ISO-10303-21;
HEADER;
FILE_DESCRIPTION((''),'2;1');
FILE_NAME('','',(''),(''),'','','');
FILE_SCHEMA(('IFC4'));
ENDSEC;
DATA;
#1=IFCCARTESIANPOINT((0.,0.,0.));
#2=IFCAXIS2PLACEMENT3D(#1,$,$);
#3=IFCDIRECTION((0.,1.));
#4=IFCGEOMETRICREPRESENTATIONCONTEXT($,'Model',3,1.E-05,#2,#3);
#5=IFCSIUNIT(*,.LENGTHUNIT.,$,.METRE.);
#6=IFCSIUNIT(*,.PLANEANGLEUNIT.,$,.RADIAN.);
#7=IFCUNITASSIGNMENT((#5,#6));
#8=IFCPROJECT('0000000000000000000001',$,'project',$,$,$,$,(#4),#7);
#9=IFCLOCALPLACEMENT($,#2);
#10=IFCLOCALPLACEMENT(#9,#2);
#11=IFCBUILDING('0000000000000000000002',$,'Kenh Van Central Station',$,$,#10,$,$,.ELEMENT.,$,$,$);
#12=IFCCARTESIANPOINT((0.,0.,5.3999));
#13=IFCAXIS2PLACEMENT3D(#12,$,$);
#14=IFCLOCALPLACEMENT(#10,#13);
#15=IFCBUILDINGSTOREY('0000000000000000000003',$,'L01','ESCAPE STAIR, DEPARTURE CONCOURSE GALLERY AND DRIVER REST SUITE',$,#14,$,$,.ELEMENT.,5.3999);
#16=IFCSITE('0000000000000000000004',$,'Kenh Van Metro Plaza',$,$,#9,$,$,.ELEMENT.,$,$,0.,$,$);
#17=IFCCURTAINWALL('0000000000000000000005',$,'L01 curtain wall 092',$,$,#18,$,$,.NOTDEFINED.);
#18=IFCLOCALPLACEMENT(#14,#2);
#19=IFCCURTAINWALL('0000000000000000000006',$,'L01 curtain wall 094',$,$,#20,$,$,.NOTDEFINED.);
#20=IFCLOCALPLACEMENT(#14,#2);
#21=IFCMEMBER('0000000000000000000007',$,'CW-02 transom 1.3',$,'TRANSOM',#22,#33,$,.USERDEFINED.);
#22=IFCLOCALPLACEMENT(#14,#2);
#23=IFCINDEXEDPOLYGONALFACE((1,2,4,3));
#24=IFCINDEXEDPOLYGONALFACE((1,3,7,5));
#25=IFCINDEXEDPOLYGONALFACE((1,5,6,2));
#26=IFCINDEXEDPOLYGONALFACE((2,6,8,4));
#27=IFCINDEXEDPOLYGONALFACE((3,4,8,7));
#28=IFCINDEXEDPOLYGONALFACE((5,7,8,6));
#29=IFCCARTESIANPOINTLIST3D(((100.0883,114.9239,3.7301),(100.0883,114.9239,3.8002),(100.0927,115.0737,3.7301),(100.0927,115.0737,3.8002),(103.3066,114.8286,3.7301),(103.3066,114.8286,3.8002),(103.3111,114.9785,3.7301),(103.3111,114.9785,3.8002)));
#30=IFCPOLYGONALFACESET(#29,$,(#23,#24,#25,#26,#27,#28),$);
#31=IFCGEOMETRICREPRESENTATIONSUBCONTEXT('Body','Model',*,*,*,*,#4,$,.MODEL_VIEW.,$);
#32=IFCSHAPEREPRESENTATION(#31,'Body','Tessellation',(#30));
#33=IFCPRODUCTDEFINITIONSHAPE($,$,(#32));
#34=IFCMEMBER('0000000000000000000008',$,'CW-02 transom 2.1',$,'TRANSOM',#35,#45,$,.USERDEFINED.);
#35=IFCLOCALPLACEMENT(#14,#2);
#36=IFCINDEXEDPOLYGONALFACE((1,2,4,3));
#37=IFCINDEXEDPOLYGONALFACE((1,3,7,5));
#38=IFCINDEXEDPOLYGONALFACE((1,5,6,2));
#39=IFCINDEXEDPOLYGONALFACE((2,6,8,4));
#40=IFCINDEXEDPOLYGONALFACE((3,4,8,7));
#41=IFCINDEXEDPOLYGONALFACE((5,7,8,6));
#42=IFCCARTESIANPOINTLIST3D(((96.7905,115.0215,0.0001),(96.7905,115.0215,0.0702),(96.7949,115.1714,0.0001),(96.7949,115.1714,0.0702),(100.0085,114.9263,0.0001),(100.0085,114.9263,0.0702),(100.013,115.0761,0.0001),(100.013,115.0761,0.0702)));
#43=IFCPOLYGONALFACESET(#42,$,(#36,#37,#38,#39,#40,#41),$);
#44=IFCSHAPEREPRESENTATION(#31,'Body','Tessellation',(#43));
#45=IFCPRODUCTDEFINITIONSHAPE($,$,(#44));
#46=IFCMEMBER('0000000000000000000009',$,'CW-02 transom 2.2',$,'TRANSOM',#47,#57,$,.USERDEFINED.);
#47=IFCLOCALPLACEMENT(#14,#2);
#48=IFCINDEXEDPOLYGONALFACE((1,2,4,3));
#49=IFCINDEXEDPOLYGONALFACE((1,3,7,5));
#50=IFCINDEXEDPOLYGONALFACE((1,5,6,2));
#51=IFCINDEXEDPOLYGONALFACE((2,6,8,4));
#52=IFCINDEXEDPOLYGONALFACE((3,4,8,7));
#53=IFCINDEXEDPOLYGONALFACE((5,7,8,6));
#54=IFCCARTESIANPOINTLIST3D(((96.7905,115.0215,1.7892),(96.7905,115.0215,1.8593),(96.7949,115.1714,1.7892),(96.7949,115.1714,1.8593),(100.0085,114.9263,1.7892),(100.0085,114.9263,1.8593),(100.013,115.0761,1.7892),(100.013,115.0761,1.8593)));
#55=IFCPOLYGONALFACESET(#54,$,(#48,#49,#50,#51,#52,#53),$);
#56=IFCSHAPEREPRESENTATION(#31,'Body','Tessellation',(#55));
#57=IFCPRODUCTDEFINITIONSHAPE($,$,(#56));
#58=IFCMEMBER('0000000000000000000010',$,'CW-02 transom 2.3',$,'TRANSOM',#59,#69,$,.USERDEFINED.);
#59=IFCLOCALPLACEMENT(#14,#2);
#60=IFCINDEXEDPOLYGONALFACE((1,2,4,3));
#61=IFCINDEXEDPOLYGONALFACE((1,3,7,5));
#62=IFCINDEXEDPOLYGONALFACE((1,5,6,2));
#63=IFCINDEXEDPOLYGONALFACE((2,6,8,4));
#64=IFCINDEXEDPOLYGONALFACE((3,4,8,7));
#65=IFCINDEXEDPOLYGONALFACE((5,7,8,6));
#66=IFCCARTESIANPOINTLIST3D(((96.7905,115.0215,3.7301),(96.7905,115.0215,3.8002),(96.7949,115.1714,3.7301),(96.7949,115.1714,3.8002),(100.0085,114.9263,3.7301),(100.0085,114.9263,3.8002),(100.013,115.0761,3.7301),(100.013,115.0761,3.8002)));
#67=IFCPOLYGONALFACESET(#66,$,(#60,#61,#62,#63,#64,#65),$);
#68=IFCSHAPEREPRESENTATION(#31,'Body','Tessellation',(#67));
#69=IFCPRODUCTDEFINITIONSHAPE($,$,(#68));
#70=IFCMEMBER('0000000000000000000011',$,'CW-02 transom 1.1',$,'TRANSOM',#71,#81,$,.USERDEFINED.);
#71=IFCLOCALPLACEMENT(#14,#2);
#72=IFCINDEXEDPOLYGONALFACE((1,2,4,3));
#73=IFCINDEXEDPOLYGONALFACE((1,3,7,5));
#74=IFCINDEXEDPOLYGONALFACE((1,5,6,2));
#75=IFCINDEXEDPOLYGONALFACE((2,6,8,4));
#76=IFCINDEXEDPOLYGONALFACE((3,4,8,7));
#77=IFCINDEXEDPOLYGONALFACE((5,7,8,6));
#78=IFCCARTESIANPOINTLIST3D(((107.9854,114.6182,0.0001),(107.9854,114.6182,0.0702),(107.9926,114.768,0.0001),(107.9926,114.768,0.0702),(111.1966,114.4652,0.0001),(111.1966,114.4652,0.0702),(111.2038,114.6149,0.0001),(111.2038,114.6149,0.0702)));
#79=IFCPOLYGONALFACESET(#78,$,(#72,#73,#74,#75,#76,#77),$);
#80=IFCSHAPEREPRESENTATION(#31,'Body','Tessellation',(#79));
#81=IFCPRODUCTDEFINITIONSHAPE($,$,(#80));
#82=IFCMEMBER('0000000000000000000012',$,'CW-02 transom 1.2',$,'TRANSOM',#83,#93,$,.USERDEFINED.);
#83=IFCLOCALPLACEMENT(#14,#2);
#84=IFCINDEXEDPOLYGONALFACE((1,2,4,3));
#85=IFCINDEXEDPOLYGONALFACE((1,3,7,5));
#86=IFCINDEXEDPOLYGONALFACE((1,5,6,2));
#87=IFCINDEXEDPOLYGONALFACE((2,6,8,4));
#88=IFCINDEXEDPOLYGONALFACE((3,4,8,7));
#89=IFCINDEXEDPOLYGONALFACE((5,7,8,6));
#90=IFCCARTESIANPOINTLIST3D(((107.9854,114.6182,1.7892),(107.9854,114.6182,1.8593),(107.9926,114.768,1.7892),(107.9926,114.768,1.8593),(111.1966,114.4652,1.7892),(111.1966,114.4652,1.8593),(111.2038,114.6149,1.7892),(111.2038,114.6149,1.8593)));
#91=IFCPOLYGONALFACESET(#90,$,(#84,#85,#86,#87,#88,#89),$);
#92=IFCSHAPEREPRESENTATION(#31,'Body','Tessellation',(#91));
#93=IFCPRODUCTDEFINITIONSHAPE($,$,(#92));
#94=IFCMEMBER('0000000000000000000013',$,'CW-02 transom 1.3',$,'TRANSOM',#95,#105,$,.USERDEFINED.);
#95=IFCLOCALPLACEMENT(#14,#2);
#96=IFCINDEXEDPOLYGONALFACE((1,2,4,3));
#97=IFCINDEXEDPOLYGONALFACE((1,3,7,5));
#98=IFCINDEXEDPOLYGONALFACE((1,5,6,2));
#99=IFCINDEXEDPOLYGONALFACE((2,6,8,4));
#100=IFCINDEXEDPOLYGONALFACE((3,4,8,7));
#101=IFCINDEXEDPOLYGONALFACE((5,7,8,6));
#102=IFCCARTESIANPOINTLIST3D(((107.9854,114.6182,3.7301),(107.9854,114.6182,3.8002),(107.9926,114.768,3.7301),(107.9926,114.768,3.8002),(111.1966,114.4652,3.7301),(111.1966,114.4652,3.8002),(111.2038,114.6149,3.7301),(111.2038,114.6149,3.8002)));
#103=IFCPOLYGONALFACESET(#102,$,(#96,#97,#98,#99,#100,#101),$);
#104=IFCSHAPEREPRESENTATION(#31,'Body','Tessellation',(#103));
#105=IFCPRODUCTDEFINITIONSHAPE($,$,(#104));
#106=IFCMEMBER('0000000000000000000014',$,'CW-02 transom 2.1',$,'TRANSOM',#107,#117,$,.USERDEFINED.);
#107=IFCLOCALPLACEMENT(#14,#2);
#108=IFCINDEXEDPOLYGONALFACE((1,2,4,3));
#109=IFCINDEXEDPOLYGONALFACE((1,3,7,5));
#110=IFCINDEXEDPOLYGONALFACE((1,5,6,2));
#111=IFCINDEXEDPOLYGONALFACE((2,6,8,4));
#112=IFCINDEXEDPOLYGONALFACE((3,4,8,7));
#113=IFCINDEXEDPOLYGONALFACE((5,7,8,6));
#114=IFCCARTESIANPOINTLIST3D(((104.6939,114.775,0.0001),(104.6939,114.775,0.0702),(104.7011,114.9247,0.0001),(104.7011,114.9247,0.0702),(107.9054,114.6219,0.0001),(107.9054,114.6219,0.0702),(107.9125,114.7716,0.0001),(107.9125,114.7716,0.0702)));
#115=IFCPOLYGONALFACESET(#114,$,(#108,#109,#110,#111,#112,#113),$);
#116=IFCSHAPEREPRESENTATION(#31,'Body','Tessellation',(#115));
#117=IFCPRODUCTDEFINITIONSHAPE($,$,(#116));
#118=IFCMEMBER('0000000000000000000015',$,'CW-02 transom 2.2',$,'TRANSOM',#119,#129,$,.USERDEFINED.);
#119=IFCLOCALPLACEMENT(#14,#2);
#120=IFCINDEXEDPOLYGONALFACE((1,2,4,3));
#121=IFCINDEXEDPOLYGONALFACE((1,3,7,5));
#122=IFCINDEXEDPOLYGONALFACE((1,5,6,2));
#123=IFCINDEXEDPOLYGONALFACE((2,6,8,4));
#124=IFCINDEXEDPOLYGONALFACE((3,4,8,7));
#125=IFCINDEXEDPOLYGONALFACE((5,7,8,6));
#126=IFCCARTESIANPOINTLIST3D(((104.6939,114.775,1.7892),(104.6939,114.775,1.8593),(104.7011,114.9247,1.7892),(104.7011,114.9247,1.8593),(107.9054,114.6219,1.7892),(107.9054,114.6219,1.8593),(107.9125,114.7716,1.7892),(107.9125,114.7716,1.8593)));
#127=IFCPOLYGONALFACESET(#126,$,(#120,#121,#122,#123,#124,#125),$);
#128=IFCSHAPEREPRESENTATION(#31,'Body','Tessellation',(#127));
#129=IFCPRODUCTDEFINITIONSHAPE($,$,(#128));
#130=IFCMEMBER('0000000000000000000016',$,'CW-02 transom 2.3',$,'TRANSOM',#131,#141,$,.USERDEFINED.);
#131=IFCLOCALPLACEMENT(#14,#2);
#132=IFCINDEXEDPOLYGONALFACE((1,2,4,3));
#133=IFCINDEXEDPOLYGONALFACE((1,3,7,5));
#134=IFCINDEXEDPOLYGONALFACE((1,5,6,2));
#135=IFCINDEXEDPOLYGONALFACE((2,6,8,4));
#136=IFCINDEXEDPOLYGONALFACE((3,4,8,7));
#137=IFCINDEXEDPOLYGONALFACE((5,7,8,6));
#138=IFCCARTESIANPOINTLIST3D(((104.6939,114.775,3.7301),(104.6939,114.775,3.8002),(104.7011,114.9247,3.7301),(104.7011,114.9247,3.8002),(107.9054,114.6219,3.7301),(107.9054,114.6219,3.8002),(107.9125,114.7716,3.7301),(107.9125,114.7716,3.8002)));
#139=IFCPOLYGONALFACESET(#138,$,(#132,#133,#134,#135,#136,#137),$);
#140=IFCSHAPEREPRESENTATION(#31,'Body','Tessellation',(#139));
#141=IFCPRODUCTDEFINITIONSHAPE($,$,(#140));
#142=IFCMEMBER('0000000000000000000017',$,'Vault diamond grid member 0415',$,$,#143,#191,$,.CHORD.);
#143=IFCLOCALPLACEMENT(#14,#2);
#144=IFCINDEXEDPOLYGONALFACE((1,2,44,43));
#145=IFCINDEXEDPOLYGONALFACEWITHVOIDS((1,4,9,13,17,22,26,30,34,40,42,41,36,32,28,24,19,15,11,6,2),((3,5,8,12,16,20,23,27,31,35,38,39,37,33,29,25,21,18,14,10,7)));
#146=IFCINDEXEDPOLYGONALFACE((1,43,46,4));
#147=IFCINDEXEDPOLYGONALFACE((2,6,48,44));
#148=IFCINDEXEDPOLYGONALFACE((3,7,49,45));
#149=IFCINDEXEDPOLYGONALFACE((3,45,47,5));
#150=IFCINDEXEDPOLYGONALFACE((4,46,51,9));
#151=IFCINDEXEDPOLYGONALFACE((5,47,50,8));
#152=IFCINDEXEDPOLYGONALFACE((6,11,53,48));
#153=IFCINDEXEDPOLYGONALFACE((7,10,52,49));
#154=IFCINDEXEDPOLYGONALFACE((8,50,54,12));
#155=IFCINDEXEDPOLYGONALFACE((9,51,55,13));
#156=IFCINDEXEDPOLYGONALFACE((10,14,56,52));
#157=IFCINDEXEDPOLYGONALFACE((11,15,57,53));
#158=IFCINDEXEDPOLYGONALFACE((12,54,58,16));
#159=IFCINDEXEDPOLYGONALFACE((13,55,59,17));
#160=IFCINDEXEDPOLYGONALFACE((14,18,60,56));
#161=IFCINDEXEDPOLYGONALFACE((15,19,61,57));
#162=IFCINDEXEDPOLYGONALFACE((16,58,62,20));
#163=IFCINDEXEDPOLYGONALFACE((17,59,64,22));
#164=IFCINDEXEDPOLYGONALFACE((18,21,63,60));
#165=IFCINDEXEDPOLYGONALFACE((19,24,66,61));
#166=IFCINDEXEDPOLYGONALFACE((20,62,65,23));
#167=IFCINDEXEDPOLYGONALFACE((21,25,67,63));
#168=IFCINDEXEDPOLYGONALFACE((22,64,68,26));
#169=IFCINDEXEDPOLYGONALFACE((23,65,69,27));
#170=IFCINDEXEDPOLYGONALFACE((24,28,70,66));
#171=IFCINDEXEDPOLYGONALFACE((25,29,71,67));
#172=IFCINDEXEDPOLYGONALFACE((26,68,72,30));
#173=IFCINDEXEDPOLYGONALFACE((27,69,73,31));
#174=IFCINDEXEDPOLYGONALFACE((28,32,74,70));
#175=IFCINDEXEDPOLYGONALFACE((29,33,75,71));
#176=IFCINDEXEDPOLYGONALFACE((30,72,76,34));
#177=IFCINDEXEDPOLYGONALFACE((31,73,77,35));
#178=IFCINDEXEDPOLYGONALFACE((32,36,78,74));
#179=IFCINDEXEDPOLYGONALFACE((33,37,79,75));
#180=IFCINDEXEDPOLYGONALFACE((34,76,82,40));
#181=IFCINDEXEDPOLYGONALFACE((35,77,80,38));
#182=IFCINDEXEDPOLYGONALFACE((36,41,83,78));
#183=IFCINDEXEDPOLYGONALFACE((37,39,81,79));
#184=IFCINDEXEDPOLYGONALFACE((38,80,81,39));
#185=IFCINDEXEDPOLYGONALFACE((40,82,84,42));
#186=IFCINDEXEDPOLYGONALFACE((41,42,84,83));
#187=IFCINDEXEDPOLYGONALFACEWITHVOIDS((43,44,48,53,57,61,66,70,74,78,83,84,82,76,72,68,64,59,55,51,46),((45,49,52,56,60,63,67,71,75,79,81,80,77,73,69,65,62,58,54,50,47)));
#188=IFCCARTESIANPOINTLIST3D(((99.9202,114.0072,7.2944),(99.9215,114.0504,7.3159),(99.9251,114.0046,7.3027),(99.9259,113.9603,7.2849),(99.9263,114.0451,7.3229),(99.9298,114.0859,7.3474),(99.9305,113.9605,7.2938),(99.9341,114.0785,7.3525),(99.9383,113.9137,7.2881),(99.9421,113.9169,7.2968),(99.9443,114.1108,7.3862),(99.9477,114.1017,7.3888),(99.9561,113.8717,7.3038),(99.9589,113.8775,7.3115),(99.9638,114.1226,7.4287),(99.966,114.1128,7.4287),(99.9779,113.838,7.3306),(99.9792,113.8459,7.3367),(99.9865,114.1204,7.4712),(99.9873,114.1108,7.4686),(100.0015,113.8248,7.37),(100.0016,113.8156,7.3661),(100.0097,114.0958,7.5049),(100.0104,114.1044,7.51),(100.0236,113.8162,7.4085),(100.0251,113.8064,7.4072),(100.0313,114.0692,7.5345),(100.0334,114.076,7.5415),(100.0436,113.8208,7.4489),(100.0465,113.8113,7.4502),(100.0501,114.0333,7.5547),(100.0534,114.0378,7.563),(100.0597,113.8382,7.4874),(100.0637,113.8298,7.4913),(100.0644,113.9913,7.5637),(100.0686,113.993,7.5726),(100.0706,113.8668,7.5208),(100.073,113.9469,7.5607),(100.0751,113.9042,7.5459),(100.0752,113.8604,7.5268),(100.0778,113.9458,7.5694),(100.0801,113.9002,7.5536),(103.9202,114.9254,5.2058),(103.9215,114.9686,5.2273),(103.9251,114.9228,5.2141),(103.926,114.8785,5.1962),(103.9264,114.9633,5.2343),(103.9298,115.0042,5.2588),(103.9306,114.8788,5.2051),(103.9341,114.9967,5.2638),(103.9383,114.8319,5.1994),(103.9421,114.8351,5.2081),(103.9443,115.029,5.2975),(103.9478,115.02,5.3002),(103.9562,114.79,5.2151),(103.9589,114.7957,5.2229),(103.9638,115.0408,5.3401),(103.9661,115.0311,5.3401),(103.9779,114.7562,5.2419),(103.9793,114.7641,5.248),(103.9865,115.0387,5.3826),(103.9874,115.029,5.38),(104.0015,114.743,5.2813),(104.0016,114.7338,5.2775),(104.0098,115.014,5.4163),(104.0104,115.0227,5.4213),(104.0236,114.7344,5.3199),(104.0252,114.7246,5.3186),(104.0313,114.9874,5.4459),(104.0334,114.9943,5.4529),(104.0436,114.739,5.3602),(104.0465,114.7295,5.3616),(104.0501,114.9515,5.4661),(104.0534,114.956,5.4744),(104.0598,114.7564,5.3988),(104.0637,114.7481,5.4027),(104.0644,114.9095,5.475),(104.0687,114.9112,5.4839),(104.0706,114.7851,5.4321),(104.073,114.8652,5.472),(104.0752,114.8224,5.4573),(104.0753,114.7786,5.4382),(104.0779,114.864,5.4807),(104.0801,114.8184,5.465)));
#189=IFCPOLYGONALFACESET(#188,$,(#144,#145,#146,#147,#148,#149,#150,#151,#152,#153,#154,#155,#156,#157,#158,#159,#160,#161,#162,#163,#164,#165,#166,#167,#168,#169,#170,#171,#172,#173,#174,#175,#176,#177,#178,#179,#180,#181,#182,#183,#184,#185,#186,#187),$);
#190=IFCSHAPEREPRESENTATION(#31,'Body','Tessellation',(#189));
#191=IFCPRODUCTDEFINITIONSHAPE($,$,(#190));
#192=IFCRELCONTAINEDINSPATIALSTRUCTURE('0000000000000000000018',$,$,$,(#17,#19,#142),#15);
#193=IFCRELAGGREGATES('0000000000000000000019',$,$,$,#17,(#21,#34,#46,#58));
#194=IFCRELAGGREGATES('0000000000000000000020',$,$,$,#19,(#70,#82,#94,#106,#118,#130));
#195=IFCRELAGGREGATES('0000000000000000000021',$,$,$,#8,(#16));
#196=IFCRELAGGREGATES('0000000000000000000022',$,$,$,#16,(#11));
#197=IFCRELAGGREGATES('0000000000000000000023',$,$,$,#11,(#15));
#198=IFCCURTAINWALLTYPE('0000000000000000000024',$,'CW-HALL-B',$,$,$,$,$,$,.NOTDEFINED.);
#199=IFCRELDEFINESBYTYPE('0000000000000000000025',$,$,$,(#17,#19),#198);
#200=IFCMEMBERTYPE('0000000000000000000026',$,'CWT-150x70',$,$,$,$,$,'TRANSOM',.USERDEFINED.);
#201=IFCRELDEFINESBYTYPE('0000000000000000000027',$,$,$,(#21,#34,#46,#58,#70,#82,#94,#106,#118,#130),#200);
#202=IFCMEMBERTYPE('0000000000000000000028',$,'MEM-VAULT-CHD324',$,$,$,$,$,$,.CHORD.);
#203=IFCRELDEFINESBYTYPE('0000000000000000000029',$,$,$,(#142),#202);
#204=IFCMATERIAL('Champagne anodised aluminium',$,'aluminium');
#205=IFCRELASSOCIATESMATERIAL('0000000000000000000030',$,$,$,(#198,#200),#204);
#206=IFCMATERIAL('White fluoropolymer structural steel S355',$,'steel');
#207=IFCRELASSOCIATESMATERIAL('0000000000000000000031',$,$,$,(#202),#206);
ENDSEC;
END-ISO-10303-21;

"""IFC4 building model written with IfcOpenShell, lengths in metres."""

from ifc_helpers import new_model, si_unit, direction, frame, origin, origin_2d, place, context, subcontext, project, spatial, rectangle, hollow_circle, extrude, material, material_profile, profile_set, type_object, element, aggregate, save


model = new_model("IFC4")

# Units and contexts
model_context = context("Model", 3, precision=1e-05, world=origin(), true_north=direction((0.0, 1.0)))
body_context = subcontext(model_context, "Body", "Model", "MODEL_VIEW")
ifc_project = project(units=[si_unit("LENGTHUNIT", "METRE"), si_unit("PLANEANGLEUNIT", "RADIAN")], contexts=[model_context])

# Site, building, storey
site_placement = place(None, origin())
site = spatial("IfcSite", under=ifc_project, at=site_placement, Name="Kenh Van Metro Plaza", CompositionType="ELEMENT", RefElevation=0.0)
building_placement = place(site_placement, origin())
building = spatial("IfcBuilding", under=site, at=building_placement, Name="Kenh Van Central Station", CompositionType="ELEMENT")
storey_placement = place(building_placement, frame((0.0, 0.0, 5.3999)))
storey = spatial("IfcBuildingStorey", under=building, at=storey_placement, Name="L01", Description="ESCAPE STAIR, DEPARTURE CONCOURSE GALLERY AND DRIVER REST SUITE", CompositionType="ELEMENT", Elevation=5.3999)

# Curtain walls
ifc_material_1 = material(Name="Champagne anodised aluminium", Category="aluminium")
curtain_wall_type = type_object("IfcCurtainWallType", Name="CW-HALL-B", PredefinedType="NOTDEFINED", material=ifc_material_1)
curtain_wall_1_placement = place(storey_placement, origin())
curtain_wall_1 = element("IfcCurtainWall", 1, at=curtain_wall_1_placement, inside=storey, type_object=curtain_wall_type, Name="L01 curtain wall 092", PredefinedType="NOTDEFINED")
curtain_wall_2_placement = place(storey_placement, origin())
curtain_wall_2 = element("IfcCurtainWall", 2, at=curtain_wall_2_placement, inside=storey, type_object=curtain_wall_type, Name="L01 curtain wall 094", PredefinedType="NOTDEFINED")

# Members
ifc_material_profile_1 = material_profile(ifc_material_1, rectangle(XDim=0.1499, YDim=0.0701, at=origin_2d()), Name="AL 150x70")
ifc_profile_set_1 = profile_set([ifc_material_profile_1], Name="Champagne anodised aluminium")
member_type_1 = type_object("IfcMemberType", Name="CWT-150x70", ElementType="TRANSOM", PredefinedType="USERDEFINED", material=ifc_profile_set_1)
member_1_placement = place(storey_placement, frame((103.3088, 114.9036, 3.7651), z_axis=(-0.999563, 0.029573, 0.0), x_axis=(-0.029573, -0.999563, 0.0)))
member_1 = element("IfcMember", 3, at=member_1_placement, type_object=member_type_1, Name="CW-02 transom 1.3", ObjectType="TRANSOM", PredefinedType="USERDEFINED", context=body_context, shape_type="SweptSolid", body=[
    extrude(rectangle(XDim=0.1499, YDim=0.0701, at=origin_2d()), origin(), (0.0, 0.0, 1.0), 3.2197),
])
member_2_placement = place(storey_placement, frame((100.0107, 115.0012, 0.0352), z_axis=(-0.999563, 0.029575, 0.0), x_axis=(-0.029575, -0.999563, 0.0)))
member_2 = element("IfcMember", 4, at=member_2_placement, type_object=member_type_1, Name="CW-02 transom 2.1", ObjectType="TRANSOM", PredefinedType="USERDEFINED", context=body_context, shape_type="SweptSolid", body=[
    extrude(rectangle(XDim=0.1499, YDim=0.0701, at=origin_2d()), origin(), (0.0, 0.0, 1.0), 3.2195),
])
member_3_placement = place(storey_placement, frame((100.0107, 115.0012, 1.8242), z_axis=(-0.999563, 0.029575, 0.0), x_axis=(-0.029575, -0.999563, 0.0)))
member_3 = element("IfcMember", 5, at=member_3_placement, type_object=member_type_1, Name="CW-02 transom 2.2", ObjectType="TRANSOM", PredefinedType="USERDEFINED", context=body_context, shape_type="SweptSolid", body=[
    extrude(rectangle(XDim=0.1499, YDim=0.0701, at=origin_2d()), origin(), (0.0, 0.0, 1.0), 3.2195),
])
member_4_placement = place(storey_placement, frame((100.0107, 115.0012, 3.7651), z_axis=(-0.999563, 0.029575, 0.0), x_axis=(-0.029575, -0.999563, 0.0)))
member_4 = element("IfcMember", 6, at=member_4_placement, type_object=member_type_1, Name="CW-02 transom 2.3", ObjectType="TRANSOM", PredefinedType="USERDEFINED", context=body_context, shape_type="SweptSolid", body=[
    extrude(rectangle(XDim=0.1499, YDim=0.0701, at=origin_2d()), origin(), (0.0, 0.0, 1.0), 3.2195),
])
member_5_placement = place(storey_placement, frame((111.2002, 114.54, 0.0352), z_axis=(-0.998866, 0.047616, 0.0), x_axis=(-0.047616, -0.998866, 0.0)))
member_5 = element("IfcMember", 7, at=member_5_placement, type_object=member_type_1, Name="CW-02 transom 1.1", ObjectType="TRANSOM", PredefinedType="USERDEFINED", context=body_context, shape_type="SweptSolid", body=[
    extrude(rectangle(XDim=0.1499, YDim=0.0701, at=origin_2d()), origin(), (0.0, 0.0, 1.0), 3.2148),
])
member_6_placement = place(storey_placement, frame((111.2002, 114.54, 1.8242), z_axis=(-0.998866, 0.047616, 0.0), x_axis=(-0.047616, -0.998866, 0.0)))
member_6 = element("IfcMember", 8, at=member_6_placement, type_object=member_type_1, Name="CW-02 transom 1.2", ObjectType="TRANSOM", PredefinedType="USERDEFINED", context=body_context, shape_type="SweptSolid", body=[
    extrude(rectangle(XDim=0.1499, YDim=0.0701, at=origin_2d()), origin(), (0.0, 0.0, 1.0), 3.2148),
])
member_7_placement = place(storey_placement, frame((111.2002, 114.54, 3.7651), z_axis=(-0.998866, 0.047616, 0.0), x_axis=(-0.047616, -0.998866, 0.0)))
member_7 = element("IfcMember", 9, at=member_7_placement, type_object=member_type_1, Name="CW-02 transom 1.3", ObjectType="TRANSOM", PredefinedType="USERDEFINED", context=body_context, shape_type="SweptSolid", body=[
    extrude(rectangle(XDim=0.1499, YDim=0.0701, at=origin_2d()), origin(), (0.0, 0.0, 1.0), 3.2148),
])
member_8_placement = place(storey_placement, frame((107.9089, 114.6968, 0.0352), z_axis=(-0.998866, 0.047612, 0.0), x_axis=(-0.047612, -0.998866, 0.0)))
member_8 = element("IfcMember", 10, at=member_8_placement, type_object=member_type_1, Name="CW-02 transom 2.1", ObjectType="TRANSOM", PredefinedType="USERDEFINED", context=body_context, shape_type="SweptSolid", body=[
    extrude(rectangle(XDim=0.1499, YDim=0.0701, at=origin_2d()), origin(), (0.0, 0.0, 1.0), 3.2151),
])
member_9_placement = place(storey_placement, frame((107.9089, 114.6968, 1.8242), z_axis=(-0.998866, 0.047612, 0.0), x_axis=(-0.047612, -0.998866, 0.0)))
member_9 = element("IfcMember", 11, at=member_9_placement, type_object=member_type_1, Name="CW-02 transom 2.2", ObjectType="TRANSOM", PredefinedType="USERDEFINED", context=body_context, shape_type="SweptSolid", body=[
    extrude(rectangle(XDim=0.1499, YDim=0.0701, at=origin_2d()), origin(), (0.0, 0.0, 1.0), 3.2151),
])
member_10_placement = place(storey_placement, frame((107.9089, 114.6968, 3.7651), z_axis=(-0.998866, 0.047612, 0.0), x_axis=(-0.047612, -0.998866, 0.0)))
member_10 = element("IfcMember", 12, at=member_10_placement, type_object=member_type_1, Name="CW-02 transom 2.3", ObjectType="TRANSOM", PredefinedType="USERDEFINED", context=body_context, shape_type="SweptSolid", body=[
    extrude(rectangle(XDim=0.1499, YDim=0.0701, at=origin_2d()), origin(), (0.0, 0.0, 1.0), 3.2151),
])

# Member
ifc_material_2 = material(Name="White fluoropolymer structural steel S355", Category="steel")
ifc_material_profile_2 = material_profile(ifc_material_2, hollow_circle(Radius=0.1619, WallThickness=0.01, at=origin_2d()), Name="CHS 323.9x10")
ifc_profile_set_2 = profile_set([ifc_material_profile_2], Name="White fluoropolymer structural steel S355")
member_type_2 = type_object("IfcMemberType", Name="MEM-VAULT-CHD324", PredefinedType="CHORD", material=ifc_profile_set_2)
member_11_placement = place(storey_placement, frame((100.0, 113.9648, 7.4287), z_axis=(0.868633, 0.199397, -0.453562), x_axis=(-0.223734, 0.97465, 0.0)))
element("IfcMember", 13, at=member_11_placement, inside=storey, type_object=member_type_2, Name="Vault diamond grid member 0415", PredefinedType="CHORD", context=body_context, shape_type="SweptSolid", body=[
    extrude(hollow_circle(Radius=0.1619, WallThickness=0.01, at=origin_2d()), origin(), (0.0, 0.0, 1.0), 4.605),
])

aggregate(curtain_wall_1, [member_1, member_2, member_3, member_4])
aggregate(curtain_wall_2, [member_5, member_6, member_7, member_8, member_9, member_10])

save(model, "model.ifc")
